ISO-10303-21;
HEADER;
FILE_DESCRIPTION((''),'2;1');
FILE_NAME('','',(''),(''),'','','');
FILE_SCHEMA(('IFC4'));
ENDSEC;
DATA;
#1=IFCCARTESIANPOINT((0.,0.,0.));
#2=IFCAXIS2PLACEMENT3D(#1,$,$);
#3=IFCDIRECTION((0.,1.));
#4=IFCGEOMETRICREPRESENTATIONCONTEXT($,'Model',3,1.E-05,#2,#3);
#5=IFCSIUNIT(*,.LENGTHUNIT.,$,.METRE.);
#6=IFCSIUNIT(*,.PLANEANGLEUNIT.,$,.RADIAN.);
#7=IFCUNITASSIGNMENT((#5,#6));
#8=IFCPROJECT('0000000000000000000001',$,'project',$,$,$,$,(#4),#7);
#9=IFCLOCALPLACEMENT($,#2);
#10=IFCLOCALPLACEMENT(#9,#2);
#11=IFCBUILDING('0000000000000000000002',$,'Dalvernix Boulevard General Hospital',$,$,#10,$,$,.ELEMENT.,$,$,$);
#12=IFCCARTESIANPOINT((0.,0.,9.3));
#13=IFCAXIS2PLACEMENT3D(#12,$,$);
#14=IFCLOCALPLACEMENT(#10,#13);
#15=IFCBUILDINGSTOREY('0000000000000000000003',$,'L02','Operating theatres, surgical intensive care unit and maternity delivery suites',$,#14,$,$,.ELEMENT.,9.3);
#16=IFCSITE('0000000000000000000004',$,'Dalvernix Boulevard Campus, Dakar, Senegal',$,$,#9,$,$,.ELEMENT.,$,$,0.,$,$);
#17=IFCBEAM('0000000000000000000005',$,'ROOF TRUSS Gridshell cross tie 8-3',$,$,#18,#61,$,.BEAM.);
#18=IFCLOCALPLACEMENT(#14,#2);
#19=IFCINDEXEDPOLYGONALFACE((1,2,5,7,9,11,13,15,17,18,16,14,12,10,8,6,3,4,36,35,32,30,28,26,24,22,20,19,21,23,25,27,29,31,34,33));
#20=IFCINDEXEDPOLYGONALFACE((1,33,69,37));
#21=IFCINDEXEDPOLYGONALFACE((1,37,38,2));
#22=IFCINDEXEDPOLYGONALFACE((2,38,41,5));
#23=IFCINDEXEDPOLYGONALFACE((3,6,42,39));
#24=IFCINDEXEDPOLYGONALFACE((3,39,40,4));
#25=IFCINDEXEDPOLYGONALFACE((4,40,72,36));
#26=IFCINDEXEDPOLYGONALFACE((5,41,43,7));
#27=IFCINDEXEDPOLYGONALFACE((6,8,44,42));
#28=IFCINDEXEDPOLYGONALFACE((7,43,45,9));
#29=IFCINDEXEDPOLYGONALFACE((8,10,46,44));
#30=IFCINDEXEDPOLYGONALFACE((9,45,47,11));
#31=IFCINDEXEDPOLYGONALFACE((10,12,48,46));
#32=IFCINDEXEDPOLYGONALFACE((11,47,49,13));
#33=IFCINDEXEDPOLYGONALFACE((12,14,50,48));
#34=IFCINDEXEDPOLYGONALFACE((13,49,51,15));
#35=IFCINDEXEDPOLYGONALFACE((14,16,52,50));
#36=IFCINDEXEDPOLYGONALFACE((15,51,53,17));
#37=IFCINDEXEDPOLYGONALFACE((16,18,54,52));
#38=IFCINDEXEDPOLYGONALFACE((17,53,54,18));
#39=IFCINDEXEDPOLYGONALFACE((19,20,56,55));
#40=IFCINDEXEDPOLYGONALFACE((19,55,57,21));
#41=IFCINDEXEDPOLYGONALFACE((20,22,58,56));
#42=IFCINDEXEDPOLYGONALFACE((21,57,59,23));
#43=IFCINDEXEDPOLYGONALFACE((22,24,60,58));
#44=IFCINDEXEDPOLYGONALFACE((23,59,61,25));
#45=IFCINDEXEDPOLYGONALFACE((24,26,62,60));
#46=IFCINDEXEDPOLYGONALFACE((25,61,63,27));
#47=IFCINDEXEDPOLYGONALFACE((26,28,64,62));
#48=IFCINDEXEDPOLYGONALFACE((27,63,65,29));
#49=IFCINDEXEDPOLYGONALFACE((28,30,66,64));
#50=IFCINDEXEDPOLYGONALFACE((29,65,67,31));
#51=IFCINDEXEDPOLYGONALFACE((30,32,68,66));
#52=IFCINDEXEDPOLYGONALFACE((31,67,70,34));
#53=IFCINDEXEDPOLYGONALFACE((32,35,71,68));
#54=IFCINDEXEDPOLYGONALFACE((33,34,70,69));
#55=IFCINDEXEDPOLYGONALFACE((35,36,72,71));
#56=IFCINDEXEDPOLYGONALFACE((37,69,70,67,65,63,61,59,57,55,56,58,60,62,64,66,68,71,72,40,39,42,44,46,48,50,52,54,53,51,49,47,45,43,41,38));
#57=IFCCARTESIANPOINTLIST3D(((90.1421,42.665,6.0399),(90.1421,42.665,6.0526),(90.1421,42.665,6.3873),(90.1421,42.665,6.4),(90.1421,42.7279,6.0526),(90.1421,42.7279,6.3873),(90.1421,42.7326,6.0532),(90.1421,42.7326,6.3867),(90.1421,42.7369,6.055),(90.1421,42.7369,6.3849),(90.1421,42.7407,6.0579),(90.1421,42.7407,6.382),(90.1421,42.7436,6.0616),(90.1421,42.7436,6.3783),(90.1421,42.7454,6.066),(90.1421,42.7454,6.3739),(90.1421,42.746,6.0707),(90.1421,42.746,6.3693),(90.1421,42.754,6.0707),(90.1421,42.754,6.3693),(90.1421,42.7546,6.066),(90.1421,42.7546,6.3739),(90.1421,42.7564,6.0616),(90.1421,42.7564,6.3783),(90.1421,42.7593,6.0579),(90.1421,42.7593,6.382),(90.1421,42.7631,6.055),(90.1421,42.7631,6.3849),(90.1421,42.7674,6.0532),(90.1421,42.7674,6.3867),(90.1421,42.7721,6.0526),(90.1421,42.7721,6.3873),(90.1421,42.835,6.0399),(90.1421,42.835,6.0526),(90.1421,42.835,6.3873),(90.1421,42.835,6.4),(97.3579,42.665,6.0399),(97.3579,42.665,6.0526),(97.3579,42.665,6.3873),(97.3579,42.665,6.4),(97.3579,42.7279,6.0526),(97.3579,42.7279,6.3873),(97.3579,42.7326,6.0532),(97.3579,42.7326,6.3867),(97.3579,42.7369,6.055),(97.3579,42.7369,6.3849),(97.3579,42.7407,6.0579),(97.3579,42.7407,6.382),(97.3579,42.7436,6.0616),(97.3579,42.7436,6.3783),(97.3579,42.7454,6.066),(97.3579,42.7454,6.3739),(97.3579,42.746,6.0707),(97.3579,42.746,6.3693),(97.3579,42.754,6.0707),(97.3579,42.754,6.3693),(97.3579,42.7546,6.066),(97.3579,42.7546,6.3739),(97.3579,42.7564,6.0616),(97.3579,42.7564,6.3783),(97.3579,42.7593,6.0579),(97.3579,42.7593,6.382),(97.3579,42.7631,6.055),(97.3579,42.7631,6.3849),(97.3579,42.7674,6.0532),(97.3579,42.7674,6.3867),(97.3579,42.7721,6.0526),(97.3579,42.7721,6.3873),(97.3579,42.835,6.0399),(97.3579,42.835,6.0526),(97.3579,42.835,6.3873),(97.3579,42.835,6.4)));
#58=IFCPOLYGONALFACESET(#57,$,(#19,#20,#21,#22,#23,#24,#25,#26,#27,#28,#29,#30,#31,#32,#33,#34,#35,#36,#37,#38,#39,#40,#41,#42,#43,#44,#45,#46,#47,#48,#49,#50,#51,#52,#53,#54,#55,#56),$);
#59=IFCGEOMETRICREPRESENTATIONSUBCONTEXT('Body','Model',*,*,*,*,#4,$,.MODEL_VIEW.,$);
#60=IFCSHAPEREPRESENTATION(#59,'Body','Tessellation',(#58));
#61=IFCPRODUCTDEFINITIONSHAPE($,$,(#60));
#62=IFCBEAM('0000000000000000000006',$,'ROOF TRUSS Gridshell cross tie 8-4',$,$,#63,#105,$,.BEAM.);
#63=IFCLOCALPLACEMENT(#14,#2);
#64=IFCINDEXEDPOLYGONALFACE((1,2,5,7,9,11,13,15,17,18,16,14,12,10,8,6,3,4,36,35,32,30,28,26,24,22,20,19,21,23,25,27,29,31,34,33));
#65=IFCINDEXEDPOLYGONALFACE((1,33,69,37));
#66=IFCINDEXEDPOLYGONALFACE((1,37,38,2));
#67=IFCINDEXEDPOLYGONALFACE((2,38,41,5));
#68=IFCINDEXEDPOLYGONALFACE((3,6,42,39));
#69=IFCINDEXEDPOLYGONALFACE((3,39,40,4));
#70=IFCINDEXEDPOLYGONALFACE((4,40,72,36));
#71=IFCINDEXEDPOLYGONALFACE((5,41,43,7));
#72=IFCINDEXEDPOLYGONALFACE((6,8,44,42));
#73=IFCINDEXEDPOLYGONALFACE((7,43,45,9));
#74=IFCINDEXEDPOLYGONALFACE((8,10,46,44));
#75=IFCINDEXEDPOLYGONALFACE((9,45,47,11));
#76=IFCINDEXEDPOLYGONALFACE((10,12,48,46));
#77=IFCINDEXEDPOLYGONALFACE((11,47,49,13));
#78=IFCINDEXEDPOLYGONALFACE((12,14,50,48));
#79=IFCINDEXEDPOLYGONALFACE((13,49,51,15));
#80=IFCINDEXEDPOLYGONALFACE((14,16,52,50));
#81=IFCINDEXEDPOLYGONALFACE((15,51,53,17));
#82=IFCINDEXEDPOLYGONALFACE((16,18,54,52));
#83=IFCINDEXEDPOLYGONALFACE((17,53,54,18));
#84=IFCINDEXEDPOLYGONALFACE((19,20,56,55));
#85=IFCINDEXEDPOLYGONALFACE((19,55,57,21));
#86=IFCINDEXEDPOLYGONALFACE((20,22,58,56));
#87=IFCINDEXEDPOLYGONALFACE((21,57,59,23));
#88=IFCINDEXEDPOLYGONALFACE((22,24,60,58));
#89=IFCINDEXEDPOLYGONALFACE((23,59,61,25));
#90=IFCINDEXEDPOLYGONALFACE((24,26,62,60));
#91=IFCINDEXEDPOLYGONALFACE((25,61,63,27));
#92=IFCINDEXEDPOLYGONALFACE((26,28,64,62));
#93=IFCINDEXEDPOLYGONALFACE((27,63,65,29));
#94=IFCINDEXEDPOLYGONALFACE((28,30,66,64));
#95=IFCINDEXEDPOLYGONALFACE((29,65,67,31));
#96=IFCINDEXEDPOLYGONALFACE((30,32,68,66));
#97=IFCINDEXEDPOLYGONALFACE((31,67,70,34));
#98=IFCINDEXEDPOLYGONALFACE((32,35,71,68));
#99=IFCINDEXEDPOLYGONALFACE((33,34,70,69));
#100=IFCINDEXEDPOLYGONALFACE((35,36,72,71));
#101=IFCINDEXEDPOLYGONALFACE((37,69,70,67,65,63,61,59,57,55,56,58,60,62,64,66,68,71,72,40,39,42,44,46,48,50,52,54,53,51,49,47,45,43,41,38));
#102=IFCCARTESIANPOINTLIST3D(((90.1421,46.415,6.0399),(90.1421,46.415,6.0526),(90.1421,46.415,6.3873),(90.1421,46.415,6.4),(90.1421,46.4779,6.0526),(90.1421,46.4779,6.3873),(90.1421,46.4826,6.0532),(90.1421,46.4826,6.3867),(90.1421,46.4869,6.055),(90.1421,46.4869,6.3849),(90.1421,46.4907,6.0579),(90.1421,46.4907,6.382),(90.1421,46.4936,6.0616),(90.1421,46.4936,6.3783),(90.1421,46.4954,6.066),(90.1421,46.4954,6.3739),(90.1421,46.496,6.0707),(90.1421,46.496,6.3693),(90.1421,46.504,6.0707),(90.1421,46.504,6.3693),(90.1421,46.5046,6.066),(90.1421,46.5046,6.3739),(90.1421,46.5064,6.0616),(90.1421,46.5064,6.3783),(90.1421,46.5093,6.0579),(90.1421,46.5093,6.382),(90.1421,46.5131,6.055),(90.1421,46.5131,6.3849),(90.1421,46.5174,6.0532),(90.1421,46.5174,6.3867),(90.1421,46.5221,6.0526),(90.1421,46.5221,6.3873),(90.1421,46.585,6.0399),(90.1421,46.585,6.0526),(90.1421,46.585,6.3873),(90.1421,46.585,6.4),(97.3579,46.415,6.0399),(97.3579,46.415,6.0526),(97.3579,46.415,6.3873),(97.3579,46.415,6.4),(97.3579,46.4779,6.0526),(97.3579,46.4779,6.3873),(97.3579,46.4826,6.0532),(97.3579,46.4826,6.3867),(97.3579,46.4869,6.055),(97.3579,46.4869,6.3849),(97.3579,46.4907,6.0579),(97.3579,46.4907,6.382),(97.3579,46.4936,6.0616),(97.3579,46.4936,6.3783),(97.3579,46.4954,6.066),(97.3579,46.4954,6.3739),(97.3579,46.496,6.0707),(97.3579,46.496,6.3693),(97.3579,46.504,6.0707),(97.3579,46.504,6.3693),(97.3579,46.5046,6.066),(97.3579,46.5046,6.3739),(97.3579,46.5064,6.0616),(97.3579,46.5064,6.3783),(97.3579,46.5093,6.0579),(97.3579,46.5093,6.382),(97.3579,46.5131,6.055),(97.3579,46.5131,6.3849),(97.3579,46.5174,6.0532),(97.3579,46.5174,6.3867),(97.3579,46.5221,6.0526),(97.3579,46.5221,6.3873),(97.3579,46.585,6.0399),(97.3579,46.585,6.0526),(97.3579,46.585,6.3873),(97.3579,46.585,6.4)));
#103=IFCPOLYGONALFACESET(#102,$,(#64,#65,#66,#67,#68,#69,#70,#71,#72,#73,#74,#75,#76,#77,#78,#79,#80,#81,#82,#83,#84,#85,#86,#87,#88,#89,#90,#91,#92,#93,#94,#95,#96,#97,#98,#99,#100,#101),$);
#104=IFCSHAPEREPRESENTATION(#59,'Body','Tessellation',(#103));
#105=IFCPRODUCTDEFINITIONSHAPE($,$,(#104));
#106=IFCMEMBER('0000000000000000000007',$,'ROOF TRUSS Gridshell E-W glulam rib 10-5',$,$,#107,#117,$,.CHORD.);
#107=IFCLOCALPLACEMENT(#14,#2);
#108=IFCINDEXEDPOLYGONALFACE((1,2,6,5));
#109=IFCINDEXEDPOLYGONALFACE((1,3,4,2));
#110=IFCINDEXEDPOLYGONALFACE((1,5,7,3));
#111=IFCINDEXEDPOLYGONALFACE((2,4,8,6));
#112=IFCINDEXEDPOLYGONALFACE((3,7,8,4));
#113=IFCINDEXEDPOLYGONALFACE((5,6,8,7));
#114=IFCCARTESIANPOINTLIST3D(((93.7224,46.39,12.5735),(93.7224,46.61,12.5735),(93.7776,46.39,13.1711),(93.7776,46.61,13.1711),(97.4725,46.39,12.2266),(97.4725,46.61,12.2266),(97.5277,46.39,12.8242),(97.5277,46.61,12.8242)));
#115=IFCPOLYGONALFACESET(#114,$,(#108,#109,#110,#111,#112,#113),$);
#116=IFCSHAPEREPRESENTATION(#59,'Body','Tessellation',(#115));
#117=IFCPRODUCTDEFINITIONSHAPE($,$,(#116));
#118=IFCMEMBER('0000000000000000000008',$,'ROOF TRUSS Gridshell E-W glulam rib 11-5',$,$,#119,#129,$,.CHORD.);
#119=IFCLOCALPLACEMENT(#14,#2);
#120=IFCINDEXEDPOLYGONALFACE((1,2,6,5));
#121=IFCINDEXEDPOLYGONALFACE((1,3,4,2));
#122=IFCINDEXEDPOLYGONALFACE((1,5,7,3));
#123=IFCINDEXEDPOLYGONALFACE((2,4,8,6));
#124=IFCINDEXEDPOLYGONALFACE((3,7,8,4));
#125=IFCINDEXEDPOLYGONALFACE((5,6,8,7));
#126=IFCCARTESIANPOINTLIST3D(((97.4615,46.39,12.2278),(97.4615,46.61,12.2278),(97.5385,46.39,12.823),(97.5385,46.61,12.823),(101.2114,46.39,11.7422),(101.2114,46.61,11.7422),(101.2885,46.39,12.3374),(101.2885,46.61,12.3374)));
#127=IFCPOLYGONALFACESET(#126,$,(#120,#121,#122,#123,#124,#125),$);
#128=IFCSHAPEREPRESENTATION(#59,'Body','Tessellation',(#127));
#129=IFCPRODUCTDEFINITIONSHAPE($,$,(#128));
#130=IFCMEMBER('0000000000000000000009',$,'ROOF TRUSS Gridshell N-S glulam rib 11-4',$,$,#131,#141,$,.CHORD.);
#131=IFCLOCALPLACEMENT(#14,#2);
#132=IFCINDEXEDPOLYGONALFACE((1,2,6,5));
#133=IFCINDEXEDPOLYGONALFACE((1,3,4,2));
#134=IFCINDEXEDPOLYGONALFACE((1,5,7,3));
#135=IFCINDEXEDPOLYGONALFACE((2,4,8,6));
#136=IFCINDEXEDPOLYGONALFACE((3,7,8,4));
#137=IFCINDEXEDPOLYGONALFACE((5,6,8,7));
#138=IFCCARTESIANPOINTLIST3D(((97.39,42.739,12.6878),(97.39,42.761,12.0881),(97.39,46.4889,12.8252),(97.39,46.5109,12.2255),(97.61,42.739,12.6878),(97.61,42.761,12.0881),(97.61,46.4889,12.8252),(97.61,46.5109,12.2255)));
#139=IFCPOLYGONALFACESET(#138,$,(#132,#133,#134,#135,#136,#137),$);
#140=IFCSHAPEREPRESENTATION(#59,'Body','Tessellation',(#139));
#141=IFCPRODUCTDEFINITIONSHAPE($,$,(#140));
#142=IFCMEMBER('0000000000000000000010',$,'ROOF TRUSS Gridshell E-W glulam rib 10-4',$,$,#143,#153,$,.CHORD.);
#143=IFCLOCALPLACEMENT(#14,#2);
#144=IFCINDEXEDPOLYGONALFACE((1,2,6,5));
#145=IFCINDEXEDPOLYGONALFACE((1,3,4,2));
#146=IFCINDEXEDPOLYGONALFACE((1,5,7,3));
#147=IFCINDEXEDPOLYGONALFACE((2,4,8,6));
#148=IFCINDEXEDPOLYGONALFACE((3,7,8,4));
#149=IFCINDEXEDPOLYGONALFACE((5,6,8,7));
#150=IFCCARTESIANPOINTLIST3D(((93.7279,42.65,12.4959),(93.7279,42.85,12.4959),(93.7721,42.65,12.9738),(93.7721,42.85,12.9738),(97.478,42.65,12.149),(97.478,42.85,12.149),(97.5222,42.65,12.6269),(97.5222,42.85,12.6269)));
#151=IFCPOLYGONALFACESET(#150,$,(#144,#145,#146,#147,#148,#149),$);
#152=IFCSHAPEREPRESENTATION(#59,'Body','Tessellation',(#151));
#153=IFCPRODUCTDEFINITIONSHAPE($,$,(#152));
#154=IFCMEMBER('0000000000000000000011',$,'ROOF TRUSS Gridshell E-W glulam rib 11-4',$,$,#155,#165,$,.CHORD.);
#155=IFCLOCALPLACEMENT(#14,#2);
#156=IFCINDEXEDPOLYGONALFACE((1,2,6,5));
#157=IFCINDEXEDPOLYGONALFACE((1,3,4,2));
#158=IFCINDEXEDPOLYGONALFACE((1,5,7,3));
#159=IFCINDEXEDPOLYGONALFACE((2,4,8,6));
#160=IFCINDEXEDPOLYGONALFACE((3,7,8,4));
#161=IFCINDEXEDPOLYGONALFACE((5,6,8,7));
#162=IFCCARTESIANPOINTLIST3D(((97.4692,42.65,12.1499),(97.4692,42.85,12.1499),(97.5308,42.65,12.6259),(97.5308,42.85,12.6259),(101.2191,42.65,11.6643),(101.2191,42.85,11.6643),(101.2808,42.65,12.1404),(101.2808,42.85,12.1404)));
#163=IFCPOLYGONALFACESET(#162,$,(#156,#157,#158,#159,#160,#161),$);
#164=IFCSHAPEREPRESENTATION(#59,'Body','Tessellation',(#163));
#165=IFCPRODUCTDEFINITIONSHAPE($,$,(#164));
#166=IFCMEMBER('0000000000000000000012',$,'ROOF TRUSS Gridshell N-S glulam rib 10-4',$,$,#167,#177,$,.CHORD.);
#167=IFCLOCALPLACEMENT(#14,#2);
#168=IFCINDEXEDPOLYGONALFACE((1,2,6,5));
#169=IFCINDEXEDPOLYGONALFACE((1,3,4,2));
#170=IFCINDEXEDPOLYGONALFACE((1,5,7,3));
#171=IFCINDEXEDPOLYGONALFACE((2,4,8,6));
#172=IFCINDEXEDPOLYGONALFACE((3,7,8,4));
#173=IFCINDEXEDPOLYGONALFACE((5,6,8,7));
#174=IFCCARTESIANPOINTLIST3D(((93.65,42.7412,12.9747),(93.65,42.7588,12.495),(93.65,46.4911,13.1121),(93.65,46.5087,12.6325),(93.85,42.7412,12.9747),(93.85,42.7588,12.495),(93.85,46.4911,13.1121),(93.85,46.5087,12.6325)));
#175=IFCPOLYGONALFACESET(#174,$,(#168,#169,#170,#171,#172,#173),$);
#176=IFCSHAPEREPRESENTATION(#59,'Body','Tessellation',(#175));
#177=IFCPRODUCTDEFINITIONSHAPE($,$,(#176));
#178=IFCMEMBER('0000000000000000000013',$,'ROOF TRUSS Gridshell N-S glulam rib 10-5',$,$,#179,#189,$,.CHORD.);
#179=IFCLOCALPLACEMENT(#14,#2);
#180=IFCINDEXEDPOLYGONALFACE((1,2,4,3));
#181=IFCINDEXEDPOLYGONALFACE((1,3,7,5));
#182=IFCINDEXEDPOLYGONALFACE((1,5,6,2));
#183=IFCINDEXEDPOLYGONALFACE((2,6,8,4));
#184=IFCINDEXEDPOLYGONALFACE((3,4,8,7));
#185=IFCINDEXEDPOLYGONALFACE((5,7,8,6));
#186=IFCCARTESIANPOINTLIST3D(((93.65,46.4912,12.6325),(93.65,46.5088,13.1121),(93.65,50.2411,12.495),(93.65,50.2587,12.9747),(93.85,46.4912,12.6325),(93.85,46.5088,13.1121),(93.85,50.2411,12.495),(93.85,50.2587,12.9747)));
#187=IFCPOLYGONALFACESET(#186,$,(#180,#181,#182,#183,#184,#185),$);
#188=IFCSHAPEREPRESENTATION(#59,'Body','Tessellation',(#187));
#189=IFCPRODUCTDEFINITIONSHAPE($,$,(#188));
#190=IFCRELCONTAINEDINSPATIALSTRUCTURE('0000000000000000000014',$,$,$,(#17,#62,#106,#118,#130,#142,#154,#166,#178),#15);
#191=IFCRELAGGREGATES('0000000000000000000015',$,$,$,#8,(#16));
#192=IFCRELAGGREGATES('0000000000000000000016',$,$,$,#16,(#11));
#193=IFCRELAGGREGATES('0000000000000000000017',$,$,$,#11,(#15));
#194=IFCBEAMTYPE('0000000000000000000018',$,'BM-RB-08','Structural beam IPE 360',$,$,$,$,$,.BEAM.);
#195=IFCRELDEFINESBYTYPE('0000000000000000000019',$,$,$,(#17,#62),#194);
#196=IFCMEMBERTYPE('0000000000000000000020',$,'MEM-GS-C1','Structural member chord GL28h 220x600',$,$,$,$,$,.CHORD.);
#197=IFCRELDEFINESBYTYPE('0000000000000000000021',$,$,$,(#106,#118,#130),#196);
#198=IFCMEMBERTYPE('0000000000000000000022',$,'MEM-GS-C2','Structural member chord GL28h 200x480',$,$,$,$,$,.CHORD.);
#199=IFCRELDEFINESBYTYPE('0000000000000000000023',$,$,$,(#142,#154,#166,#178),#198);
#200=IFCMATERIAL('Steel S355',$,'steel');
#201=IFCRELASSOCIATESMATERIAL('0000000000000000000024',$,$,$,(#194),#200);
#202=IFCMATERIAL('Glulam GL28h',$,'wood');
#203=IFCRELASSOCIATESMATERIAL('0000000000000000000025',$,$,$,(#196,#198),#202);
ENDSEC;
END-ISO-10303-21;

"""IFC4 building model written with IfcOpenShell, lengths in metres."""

from ifc_helpers import new_model, si_unit, direction, frame, origin, origin_2d, place, context, subcontext, project, spatial, rectangle, i_section, extrude, material, material_profile, profile_set, type_object, element, save


model = new_model("IFC4")

# Units and contexts
model_context = context("Model", 3, precision=1e-05, world=origin(), true_north=direction((0.0, 1.0)))
body_context = subcontext(model_context, "Body", "Model", "MODEL_VIEW")
ifc_project = project(units=[si_unit("LENGTHUNIT", "METRE"), si_unit("PLANEANGLEUNIT", "RADIAN")], contexts=[model_context])

# Site, building, storey
site_placement = place(None, origin())
site = spatial("IfcSite", under=ifc_project, at=site_placement, Name="Dalvernix Boulevard Campus, Dakar, Senegal", CompositionType="ELEMENT", RefElevation=0.0)
building_placement = place(site_placement, origin())
building = spatial("IfcBuilding", under=site, at=building_placement, Name="Dalvernix Boulevard General Hospital", CompositionType="ELEMENT")
storey_placement = place(building_placement, frame((0.0, 0.0, 9.3)))
storey = spatial("IfcBuildingStorey", under=building, at=storey_placement, Name="L02", Description="Operating theatres, surgical intensive care unit and maternity delivery suites", CompositionType="ELEMENT", Elevation=9.3)

# Beams
ifc_material_1 = material(Name="Steel S355", Category="steel")
ifc_material_profile_1 = material_profile(ifc_material_1, i_section(OverallWidth=0.1699, OverallDepth=0.3601, WebThickness=0.0081, FlangeThickness=0.0127, FilletRadius=0.0181, at=origin_2d()), Name="IPE 360")
ifc_profile_set_1 = profile_set([ifc_material_profile_1], Name="Steel S355")
beam_type = type_object("IfcBeamType", Name="BM-RB-08", Description="Structural beam IPE 360", PredefinedType="BEAM", material=ifc_profile_set_1)
for number, where, z_axis, x_axis, name in (
    (1, (90.1421, 42.75, 6.22), (1.0, 0.0, 0.0), (0.0, 1.0, 0.0), "ROOF TRUSS Gridshell cross tie 8-3"),
    (2, (90.1421, 46.5, 6.22), (1.0, 0.0, 0.0), (0.0, 1.0, 0.0), "ROOF TRUSS Gridshell cross tie 8-4"),
):
    element("IfcBeam", number, at=place(storey_placement, frame(where, z_axis=z_axis, x_axis=x_axis)), inside=storey, type_object=beam_type, Name=name, PredefinedType="BEAM", context=body_context, shape_type="SweptSolid", body=[
        extrude(i_section(OverallWidth=0.1699, OverallDepth=0.3601, WebThickness=0.0081, FlangeThickness=0.0127, FilletRadius=0.0181, at=origin_2d()), origin(), (0.0, 0.0, 1.0), 7.2158),
    ])

# Members
ifc_material_2 = material(Name="Glulam GL28h", Category="wood")
ifc_material_profile_2 = material_profile(ifc_material_2, rectangle(XDim=0.22, YDim=0.6001, at=origin_2d()), Name="GL28h 220x600")
ifc_profile_set_2 = profile_set([ifc_material_profile_2], Name="Glulam GL28h")
member_type_1 = type_object("IfcMemberType", Name="MEM-GS-C1", Description="Structural member chord GL28h 220x600", PredefinedType="CHORD", material=ifc_profile_set_2)
member_1_placement = place(storey_placement, frame((93.75, 46.5, 12.8723), z_axis=(0.995748, 0.0, -0.09212), x_axis=(0.0, 1.0, 0.0)))
element("IfcMember", 3, at=member_1_placement, inside=storey, type_object=member_type_1, Name="ROOF TRUSS Gridshell E-W glulam rib 10-5", PredefinedType="CHORD", context=body_context, shape_type="SweptSolid", body=[
    extrude(rectangle(XDim=0.22, YDim=0.6001, at=origin_2d()), origin(), (0.0, 0.0, 1.0), 3.7661),
])
member_2_placement = place(storey_placement, frame((97.5, 46.5, 12.5254), z_axis=(0.99172, 0.0, -0.12842), x_axis=(0.0, 1.0, 0.0)))
element("IfcMember", 4, at=member_2_placement, inside=storey, type_object=member_type_1, Name="ROOF TRUSS Gridshell E-W glulam rib 11-5", PredefinedType="CHORD", context=body_context, shape_type="SweptSolid", body=[
    extrude(rectangle(XDim=0.22, YDim=0.6001, at=origin_2d()), origin(), (0.0, 0.0, 1.0), 3.7812),
])
member_3_placement = place(storey_placement, frame((97.5, 42.75, 12.3879), z_axis=(0.0, 0.999329, 0.036629), x_axis=(-1.0, 0.0, 0.0)))
element("IfcMember", 5, at=member_3_placement, inside=storey, type_object=member_type_1, Name="ROOF TRUSS Gridshell N-S glulam rib 11-4", PredefinedType="CHORD", context=body_context, shape_type="SweptSolid", body=[
    extrude(rectangle(XDim=0.22, YDim=0.6001, at=origin_2d()), origin(), (0.0, 0.0, 1.0), 3.7524),
])
ifc_material_profile_3 = material_profile(ifc_material_2, rectangle(XDim=0.2, YDim=0.48, at=origin_2d()), Name="GL28h 200x480")
ifc_profile_set_3 = profile_set([ifc_material_profile_3], Name="Glulam GL28h")
member_type_2 = type_object("IfcMemberType", Name="MEM-GS-C2", Description="Structural member chord GL28h 200x480", PredefinedType="CHORD", material=ifc_profile_set_3)
member_4_placement = place(storey_placement, frame((93.75, 42.75, 12.7349), z_axis=(0.995748, 0.0, -0.09212), x_axis=(0.0, 1.0, 0.0)))
element("IfcMember", 6, at=member_4_placement, inside=storey, type_object=member_type_2, Name="ROOF TRUSS Gridshell E-W glulam rib 10-4", PredefinedType="CHORD", context=body_context, shape_type="SweptSolid", body=[
    extrude(rectangle(XDim=0.2, YDim=0.48, at=origin_2d()), origin(), (0.0, 0.0, 1.0), 3.7661),
])
member_5_placement = place(storey_placement, frame((97.5, 42.75, 12.3879), z_axis=(0.99172, 0.0, -0.12842), x_axis=(0.0, 1.0, 0.0)))
element("IfcMember", 7, at=member_5_placement, inside=storey, type_object=member_type_2, Name="ROOF TRUSS Gridshell E-W glulam rib 11-4", PredefinedType="CHORD", context=body_context, shape_type="SweptSolid", body=[
    extrude(rectangle(XDim=0.2, YDim=0.48, at=origin_2d()), origin(), (0.0, 0.0, 1.0), 3.7812),
])
for number, where, z_axis, x_axis, name in (
    (8, (93.75, 42.75, 12.7349), (0.0, 0.999329, 0.036629), (-1.0, 0.0, 0.0), "ROOF TRUSS Gridshell N-S glulam rib 10-4"),
    (9, (93.75, 46.5, 12.8723), (0.0, 0.999329, -0.036629), (-1.0, 0.0, 0.0), "ROOF TRUSS Gridshell N-S glulam rib 10-5"),
):
    element("IfcMember", number, at=place(storey_placement, frame(where, z_axis=z_axis, x_axis=x_axis)), inside=storey, type_object=member_type_2, Name=name, PredefinedType="CHORD", context=body_context, shape_type="SweptSolid", body=[
        extrude(rectangle(XDim=0.2, YDim=0.48, at=origin_2d()), origin(), (0.0, 0.0, 1.0), 3.7524),
    ])

save(model, "model.ifc")
